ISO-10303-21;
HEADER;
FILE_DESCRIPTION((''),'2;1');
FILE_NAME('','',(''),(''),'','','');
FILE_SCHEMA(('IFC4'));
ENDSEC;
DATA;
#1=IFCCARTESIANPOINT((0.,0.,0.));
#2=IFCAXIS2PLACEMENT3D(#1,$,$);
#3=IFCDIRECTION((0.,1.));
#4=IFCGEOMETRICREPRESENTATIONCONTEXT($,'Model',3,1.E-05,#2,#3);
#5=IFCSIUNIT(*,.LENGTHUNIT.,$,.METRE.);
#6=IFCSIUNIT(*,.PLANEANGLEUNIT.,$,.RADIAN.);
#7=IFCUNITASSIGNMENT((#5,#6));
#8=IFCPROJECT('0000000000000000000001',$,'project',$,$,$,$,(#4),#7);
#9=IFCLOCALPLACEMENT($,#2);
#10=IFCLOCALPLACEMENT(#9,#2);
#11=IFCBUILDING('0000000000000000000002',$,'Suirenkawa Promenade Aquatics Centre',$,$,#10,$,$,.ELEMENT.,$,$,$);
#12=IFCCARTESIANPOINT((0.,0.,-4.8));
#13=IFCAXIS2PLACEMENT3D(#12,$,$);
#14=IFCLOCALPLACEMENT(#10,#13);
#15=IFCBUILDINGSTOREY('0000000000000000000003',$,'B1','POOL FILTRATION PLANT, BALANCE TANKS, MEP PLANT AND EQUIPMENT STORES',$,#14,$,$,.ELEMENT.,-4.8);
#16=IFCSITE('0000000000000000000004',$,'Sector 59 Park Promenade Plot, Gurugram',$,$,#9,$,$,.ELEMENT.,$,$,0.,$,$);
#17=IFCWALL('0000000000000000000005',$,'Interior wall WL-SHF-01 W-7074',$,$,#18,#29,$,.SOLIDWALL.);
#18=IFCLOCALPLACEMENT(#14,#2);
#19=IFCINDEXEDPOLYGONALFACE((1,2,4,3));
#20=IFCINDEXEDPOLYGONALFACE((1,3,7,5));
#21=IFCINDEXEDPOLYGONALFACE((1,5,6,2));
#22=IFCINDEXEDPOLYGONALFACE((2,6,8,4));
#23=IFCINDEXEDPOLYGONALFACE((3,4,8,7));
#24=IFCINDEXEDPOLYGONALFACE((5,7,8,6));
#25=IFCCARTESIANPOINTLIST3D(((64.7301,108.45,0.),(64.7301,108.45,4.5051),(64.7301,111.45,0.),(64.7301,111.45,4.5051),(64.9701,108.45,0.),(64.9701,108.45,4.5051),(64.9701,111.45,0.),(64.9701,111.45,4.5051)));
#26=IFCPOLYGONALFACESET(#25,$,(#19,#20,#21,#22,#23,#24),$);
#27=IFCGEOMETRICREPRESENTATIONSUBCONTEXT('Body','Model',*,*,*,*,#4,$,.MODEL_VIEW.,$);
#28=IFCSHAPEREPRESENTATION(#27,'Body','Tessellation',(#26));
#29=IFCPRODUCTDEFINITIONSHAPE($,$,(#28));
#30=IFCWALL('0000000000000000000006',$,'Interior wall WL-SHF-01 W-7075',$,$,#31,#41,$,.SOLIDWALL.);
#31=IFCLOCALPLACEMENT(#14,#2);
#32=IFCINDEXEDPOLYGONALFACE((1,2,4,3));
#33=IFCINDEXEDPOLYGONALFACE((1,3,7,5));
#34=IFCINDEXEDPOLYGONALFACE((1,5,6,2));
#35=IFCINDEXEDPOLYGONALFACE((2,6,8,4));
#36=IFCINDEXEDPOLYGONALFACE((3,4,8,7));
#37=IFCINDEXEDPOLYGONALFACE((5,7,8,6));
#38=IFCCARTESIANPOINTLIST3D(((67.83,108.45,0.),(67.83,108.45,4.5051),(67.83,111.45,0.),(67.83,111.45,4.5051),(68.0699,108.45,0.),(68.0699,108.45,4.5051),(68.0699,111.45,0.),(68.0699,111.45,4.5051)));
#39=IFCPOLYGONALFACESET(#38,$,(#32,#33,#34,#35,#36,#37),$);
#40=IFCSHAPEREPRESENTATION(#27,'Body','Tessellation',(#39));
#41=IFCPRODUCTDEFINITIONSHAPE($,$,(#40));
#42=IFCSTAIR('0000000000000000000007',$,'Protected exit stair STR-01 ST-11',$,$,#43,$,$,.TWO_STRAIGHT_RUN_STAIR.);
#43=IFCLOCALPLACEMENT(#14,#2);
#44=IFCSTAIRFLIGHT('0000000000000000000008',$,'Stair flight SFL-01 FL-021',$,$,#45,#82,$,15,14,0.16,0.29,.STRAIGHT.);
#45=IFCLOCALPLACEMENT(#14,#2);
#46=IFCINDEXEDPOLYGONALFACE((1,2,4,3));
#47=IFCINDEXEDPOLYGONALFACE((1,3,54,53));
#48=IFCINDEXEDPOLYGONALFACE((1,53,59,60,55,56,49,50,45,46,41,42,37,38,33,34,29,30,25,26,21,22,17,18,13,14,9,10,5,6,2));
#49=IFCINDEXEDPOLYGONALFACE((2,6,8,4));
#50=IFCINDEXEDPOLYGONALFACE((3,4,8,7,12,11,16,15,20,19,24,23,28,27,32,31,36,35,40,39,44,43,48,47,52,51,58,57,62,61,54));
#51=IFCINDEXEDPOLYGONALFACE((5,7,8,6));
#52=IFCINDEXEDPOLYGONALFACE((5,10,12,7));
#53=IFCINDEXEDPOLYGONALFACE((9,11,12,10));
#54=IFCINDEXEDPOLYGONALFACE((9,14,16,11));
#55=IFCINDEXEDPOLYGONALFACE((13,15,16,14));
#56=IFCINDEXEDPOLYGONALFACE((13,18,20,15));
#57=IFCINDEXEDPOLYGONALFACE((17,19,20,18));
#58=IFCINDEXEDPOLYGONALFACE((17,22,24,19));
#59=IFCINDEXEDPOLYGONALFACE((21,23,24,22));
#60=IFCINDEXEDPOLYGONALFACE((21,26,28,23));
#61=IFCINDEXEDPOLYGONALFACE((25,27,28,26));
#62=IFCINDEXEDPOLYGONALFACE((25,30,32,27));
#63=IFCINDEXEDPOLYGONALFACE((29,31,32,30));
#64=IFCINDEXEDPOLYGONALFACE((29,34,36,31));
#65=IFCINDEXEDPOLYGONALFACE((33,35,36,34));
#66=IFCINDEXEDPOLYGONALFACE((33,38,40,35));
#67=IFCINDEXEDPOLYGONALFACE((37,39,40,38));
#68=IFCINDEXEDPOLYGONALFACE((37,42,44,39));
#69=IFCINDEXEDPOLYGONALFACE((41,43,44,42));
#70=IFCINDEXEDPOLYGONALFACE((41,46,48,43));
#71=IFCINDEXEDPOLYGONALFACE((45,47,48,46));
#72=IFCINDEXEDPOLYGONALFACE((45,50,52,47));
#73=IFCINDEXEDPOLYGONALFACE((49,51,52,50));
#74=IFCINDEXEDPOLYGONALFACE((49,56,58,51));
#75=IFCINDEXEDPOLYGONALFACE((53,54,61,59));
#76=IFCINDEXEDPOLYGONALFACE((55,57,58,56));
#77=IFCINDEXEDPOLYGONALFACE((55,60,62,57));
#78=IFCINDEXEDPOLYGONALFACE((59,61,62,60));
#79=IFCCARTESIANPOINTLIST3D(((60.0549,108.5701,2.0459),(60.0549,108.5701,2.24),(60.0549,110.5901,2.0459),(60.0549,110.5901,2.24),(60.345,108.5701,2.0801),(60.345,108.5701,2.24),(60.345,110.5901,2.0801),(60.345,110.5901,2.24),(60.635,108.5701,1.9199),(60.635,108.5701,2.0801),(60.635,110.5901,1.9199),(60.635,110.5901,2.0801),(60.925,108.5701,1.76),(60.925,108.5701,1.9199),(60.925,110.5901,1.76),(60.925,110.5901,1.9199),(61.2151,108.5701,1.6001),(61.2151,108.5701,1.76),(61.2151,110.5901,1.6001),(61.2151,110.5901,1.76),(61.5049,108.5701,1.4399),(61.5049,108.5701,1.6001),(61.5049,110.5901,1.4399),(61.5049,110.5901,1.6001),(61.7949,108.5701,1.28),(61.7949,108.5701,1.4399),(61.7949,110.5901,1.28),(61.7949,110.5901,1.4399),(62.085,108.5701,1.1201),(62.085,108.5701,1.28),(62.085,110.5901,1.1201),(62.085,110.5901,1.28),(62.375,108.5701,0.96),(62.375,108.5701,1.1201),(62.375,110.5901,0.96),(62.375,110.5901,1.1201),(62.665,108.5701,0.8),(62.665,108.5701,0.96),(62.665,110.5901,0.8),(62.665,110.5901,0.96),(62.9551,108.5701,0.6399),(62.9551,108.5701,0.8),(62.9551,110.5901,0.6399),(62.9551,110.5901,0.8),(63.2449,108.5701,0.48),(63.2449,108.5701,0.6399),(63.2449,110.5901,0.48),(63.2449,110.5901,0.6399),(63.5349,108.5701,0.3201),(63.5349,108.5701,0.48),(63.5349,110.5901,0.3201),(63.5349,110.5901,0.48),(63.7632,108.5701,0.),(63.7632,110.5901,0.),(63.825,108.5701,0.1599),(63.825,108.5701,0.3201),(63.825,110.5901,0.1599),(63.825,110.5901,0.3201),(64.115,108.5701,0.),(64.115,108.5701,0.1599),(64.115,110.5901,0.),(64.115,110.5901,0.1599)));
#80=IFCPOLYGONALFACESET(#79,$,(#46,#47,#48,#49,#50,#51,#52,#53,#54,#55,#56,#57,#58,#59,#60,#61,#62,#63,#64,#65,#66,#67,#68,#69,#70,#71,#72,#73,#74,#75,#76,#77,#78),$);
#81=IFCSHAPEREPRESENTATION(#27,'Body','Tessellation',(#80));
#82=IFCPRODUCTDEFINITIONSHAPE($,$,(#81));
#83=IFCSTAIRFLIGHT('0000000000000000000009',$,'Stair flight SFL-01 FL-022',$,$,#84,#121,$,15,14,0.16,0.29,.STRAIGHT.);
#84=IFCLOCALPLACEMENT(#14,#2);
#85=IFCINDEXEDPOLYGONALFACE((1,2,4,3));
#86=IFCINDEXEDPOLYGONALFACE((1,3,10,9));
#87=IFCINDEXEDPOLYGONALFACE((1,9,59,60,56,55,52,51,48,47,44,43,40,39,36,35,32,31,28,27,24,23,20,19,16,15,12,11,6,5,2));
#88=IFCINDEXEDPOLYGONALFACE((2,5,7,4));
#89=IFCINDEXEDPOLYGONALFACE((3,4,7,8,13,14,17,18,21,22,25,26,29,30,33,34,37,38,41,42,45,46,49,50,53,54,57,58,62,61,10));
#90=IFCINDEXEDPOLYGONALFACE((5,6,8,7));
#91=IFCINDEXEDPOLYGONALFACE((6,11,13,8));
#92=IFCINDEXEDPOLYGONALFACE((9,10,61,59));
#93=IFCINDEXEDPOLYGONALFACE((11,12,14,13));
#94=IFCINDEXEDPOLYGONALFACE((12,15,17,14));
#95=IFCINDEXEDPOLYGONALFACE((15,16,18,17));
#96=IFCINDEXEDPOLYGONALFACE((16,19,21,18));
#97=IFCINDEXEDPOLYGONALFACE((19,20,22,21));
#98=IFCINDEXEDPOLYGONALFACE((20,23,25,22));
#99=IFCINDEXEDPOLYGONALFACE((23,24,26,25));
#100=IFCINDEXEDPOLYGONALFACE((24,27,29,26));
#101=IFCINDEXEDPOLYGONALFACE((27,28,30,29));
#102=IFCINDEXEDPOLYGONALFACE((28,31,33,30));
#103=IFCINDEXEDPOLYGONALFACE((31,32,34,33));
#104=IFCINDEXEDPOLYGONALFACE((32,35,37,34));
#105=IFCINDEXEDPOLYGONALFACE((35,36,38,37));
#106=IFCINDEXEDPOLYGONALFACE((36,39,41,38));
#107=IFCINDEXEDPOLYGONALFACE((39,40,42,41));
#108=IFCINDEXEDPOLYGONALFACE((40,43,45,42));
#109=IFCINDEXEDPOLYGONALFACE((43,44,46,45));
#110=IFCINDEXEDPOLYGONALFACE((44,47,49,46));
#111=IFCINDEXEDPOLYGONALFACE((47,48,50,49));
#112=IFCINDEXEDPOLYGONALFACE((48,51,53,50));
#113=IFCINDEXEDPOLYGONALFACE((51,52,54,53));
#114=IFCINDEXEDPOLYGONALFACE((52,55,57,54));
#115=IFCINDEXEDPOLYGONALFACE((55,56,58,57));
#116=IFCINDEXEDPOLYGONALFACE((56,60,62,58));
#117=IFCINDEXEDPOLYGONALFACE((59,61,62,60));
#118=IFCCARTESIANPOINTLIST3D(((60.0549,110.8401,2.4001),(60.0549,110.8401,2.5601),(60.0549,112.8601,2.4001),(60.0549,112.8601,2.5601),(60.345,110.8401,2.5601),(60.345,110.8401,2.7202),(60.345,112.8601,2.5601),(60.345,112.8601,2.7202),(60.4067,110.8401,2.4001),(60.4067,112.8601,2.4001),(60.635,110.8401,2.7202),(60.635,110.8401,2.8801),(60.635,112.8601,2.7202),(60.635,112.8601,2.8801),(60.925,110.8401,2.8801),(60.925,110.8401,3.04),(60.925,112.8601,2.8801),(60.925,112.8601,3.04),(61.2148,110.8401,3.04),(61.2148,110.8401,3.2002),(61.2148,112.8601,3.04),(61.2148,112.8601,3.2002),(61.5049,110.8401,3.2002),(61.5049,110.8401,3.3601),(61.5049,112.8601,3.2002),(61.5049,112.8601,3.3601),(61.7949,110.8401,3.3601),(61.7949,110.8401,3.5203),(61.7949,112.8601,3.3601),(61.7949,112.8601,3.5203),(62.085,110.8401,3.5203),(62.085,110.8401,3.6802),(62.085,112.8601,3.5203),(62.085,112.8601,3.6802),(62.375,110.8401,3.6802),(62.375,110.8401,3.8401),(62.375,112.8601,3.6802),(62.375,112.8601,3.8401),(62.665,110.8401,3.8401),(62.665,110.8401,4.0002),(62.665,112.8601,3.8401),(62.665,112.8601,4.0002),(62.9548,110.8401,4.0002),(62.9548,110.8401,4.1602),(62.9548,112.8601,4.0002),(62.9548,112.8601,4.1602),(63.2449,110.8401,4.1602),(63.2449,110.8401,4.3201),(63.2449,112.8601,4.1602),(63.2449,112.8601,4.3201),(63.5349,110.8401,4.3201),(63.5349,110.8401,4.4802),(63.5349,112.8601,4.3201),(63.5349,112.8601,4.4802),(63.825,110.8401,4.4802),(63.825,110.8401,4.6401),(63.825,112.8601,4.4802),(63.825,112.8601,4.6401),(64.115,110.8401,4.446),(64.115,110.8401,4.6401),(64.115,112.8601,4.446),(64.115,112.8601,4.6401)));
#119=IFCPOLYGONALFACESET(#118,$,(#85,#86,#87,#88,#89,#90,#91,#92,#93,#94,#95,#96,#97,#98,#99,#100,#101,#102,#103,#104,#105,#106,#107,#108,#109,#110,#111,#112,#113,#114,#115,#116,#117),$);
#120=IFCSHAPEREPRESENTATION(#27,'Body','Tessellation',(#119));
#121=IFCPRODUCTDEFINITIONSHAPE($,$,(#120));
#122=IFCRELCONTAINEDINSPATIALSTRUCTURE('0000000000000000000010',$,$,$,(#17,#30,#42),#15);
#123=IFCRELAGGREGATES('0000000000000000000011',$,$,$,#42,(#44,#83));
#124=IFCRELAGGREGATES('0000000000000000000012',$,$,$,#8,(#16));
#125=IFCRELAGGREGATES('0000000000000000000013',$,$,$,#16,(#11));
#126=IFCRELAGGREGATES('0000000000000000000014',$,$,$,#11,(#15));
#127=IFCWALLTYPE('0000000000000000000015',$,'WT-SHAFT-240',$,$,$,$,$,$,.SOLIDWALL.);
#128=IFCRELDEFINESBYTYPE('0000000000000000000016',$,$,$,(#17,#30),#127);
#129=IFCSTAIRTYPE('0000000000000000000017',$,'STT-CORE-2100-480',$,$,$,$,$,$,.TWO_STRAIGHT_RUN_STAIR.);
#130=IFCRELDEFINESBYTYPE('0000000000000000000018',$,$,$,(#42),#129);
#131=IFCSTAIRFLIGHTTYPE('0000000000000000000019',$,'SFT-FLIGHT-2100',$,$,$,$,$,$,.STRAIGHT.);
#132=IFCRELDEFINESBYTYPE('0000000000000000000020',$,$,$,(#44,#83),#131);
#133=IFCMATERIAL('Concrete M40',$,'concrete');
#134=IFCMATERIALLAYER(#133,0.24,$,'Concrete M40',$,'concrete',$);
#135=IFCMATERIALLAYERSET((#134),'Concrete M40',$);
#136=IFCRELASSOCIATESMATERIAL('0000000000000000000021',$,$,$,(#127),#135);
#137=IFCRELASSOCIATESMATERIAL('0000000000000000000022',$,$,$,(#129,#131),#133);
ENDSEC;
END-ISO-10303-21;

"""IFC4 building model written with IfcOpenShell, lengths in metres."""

from ifc_helpers import new_model, si_unit, direction, frame, frame_2d, origin, place, context, subcontext, project, spatial, polyline, rectangle, outline, extrude, material, layer, layer_set, type_object, element, aggregate, save


model = new_model("IFC4")

# Units and contexts
model_context = context("Model", 3, precision=1e-05, world=origin(), true_north=direction((0.0, 1.0)))
body_context = subcontext(model_context, "Body", "Model", "MODEL_VIEW")
ifc_project = project(units=[si_unit("LENGTHUNIT", "METRE"), si_unit("PLANEANGLEUNIT", "RADIAN")], contexts=[model_context])

# Site, building, storey
site_placement = place(None, origin())
site = spatial("IfcSite", under=ifc_project, at=site_placement, Name="Sector 59 Park Promenade Plot, Gurugram", CompositionType="ELEMENT", RefElevation=0.0)
building_placement = place(site_placement, origin())
building = spatial("IfcBuilding", under=site, at=building_placement, Name="Suirenkawa Promenade Aquatics Centre", CompositionType="ELEMENT")
storey_placement = place(building_placement, frame((0.0, 0.0, -4.8)))
storey = spatial("IfcBuildingStorey", under=building, at=storey_placement, Name="B1", Description="POOL FILTRATION PLANT, BALANCE TANKS, MEP PLANT AND EQUIPMENT STORES", CompositionType="ELEMENT", Elevation=-4.8)

# Shared definitions
ifc_material_1 = material(Name="Concrete M40", Category="concrete")
ifc_layer_1 = layer(ifc_material_1, 0.24, Name="Concrete M40", Category="concrete")
ifc_layer_set_1 = layer_set([ifc_layer_1], Name="Concrete M40")
wall_type_1 = type_object("IfcWallType", Name="WT-SHAFT-240", PredefinedType="SOLIDWALL", material=ifc_layer_set_1)

# Walls
for number, where, z_axis, x_axis, name in (
    (1, (64.8501, 108.45, 0.0), (0.0, 0.0, 1.0), (0.0, 1.0, 0.0), "Interior wall WL-SHF-01 W-7074"),
    (2, (67.95, 108.45, 0.0), (0.0, 0.0, 1.0), (0.0, 1.0, 0.0), "Interior wall WL-SHF-01 W-7075"),
):
    element("IfcWall", number, at=place(storey_placement, frame(where, z_axis=z_axis, x_axis=x_axis)), inside=storey, type_object=wall_type_1, Name=name, PredefinedType="SOLIDWALL", context=body_context, shape_type="SweptSolid", body=[
        extrude(rectangle(XDim=3.0, YDim=0.24, at=frame_2d((1.5, 0.0))), origin(), (0.0, 0.0, 1.0), 4.5051),
    ])

# Stair, stair flights
stair_type = type_object("IfcStairType", Name="STT-CORE-2100-480", PredefinedType="TWO_STRAIGHT_RUN_STAIR", material=ifc_material_1)
stair_placement = place(storey_placement, origin())
stair = element("IfcStair", 3, at=stair_placement, inside=storey, type_object=stair_type, Name="Protected exit stair STR-01 ST-11", PredefinedType="TWO_STRAIGHT_RUN_STAIR")
stair_flight_type = type_object("IfcStairFlightType", Name="SFT-FLIGHT-2100", PredefinedType="STRAIGHT", material=ifc_material_1)
stair_flight_1_placement = place(storey_placement, frame((64.115, 109.5801, 0.0), z_axis=(0.0, 0.0, 1.0), x_axis=(-1.0, 0.0, 0.0)))
stair_flight_1 = element("IfcStairFlight", 4, at=stair_flight_1_placement, type_object=stair_flight_type, Name="Stair flight SFL-01 FL-021", NumberOfRisers=15, NumberOfTreads=14, PredefinedType="STRAIGHT", RiserHeight=0.16, TreadLength=0.29, context=body_context, shape_type="SweptSolid", body=[
    extrude(outline(polyline([(0.0, 0.0), (0.0, 0.1599), (0.29, 0.1599), (0.29, 0.3201), (0.5801, 0.3201), (0.5801, 0.48), (0.8701, 0.48), (0.8701, 0.6399), (1.1599, 0.6399), (1.1599, 0.8), (1.45, 0.8), (1.45, 0.96), (1.74, 0.96), (1.74, 1.1201), (2.03, 1.1201), (2.03, 1.28), (2.3201, 1.28), (2.3201, 1.4399), (2.6101, 1.4399), (2.6101, 1.6001), (2.8999, 1.6001), (2.8999, 1.76), (3.1899, 1.76), (3.1899, 1.9199), (3.48, 1.9199), (3.48, 2.0801), (3.77, 2.0801), (3.77, 2.24), (4.0601, 2.24), (4.0601, 2.3999), (4.0601, 2.0459), (0.3518, 0.0), (0.0, 0.0)])), frame((0.0, 1.01, 0.0), z_axis=(0.0, -1.0, 0.0), x_axis=(1.0, 0.0, 0.0)), (0.0, 0.0, 1.0), 2.02),
])
stair_flight_2_placement = place(storey_placement, frame((60.0549, 111.8501, 2.4001), z_axis=(0.0, 0.0, 1.0), x_axis=(1.0, 0.0, 0.0)))
stair_flight_2 = element("IfcStairFlight", 5, at=stair_flight_2_placement, type_object=stair_flight_type, Name="Stair flight SFL-01 FL-022", NumberOfRisers=15, NumberOfTreads=14, PredefinedType="STRAIGHT", RiserHeight=0.16, TreadLength=0.29, context=body_context, shape_type="SweptSolid", body=[
    extrude(outline(polyline([(0.0, 0.0), (0.0, 0.1599), (0.29, 0.1599), (0.29, 0.3201), (0.5801, 0.3201), (0.5801, 0.48), (0.8701, 0.48), (0.8701, 0.6399), (1.1599, 0.6399), (1.1599, 0.8), (1.45, 0.8), (1.45, 0.96), (1.74, 0.96), (1.74, 1.1201), (2.03, 1.1201), (2.03, 1.28), (2.3201, 1.28), (2.3201, 1.4399), (2.6101, 1.4399), (2.6101, 1.6001), (2.8999, 1.6001), (2.8999, 1.76), (3.1899, 1.76), (3.1899, 1.9199), (3.48, 1.9199), (3.48, 2.0801), (3.77, 2.0801), (3.77, 2.24), (4.0601, 2.24), (4.0601, 2.3999), (4.0601, 2.0459), (0.3518, 0.0), (0.0, 0.0)])), frame((0.0, 1.01, 0.0), z_axis=(0.0, -1.0, 0.0), x_axis=(1.0, 0.0, 0.0)), (0.0, 0.0, 1.0), 2.02),
])
aggregate(stair, [stair_flight_1, stair_flight_2])

save(model, "model.ifc")
